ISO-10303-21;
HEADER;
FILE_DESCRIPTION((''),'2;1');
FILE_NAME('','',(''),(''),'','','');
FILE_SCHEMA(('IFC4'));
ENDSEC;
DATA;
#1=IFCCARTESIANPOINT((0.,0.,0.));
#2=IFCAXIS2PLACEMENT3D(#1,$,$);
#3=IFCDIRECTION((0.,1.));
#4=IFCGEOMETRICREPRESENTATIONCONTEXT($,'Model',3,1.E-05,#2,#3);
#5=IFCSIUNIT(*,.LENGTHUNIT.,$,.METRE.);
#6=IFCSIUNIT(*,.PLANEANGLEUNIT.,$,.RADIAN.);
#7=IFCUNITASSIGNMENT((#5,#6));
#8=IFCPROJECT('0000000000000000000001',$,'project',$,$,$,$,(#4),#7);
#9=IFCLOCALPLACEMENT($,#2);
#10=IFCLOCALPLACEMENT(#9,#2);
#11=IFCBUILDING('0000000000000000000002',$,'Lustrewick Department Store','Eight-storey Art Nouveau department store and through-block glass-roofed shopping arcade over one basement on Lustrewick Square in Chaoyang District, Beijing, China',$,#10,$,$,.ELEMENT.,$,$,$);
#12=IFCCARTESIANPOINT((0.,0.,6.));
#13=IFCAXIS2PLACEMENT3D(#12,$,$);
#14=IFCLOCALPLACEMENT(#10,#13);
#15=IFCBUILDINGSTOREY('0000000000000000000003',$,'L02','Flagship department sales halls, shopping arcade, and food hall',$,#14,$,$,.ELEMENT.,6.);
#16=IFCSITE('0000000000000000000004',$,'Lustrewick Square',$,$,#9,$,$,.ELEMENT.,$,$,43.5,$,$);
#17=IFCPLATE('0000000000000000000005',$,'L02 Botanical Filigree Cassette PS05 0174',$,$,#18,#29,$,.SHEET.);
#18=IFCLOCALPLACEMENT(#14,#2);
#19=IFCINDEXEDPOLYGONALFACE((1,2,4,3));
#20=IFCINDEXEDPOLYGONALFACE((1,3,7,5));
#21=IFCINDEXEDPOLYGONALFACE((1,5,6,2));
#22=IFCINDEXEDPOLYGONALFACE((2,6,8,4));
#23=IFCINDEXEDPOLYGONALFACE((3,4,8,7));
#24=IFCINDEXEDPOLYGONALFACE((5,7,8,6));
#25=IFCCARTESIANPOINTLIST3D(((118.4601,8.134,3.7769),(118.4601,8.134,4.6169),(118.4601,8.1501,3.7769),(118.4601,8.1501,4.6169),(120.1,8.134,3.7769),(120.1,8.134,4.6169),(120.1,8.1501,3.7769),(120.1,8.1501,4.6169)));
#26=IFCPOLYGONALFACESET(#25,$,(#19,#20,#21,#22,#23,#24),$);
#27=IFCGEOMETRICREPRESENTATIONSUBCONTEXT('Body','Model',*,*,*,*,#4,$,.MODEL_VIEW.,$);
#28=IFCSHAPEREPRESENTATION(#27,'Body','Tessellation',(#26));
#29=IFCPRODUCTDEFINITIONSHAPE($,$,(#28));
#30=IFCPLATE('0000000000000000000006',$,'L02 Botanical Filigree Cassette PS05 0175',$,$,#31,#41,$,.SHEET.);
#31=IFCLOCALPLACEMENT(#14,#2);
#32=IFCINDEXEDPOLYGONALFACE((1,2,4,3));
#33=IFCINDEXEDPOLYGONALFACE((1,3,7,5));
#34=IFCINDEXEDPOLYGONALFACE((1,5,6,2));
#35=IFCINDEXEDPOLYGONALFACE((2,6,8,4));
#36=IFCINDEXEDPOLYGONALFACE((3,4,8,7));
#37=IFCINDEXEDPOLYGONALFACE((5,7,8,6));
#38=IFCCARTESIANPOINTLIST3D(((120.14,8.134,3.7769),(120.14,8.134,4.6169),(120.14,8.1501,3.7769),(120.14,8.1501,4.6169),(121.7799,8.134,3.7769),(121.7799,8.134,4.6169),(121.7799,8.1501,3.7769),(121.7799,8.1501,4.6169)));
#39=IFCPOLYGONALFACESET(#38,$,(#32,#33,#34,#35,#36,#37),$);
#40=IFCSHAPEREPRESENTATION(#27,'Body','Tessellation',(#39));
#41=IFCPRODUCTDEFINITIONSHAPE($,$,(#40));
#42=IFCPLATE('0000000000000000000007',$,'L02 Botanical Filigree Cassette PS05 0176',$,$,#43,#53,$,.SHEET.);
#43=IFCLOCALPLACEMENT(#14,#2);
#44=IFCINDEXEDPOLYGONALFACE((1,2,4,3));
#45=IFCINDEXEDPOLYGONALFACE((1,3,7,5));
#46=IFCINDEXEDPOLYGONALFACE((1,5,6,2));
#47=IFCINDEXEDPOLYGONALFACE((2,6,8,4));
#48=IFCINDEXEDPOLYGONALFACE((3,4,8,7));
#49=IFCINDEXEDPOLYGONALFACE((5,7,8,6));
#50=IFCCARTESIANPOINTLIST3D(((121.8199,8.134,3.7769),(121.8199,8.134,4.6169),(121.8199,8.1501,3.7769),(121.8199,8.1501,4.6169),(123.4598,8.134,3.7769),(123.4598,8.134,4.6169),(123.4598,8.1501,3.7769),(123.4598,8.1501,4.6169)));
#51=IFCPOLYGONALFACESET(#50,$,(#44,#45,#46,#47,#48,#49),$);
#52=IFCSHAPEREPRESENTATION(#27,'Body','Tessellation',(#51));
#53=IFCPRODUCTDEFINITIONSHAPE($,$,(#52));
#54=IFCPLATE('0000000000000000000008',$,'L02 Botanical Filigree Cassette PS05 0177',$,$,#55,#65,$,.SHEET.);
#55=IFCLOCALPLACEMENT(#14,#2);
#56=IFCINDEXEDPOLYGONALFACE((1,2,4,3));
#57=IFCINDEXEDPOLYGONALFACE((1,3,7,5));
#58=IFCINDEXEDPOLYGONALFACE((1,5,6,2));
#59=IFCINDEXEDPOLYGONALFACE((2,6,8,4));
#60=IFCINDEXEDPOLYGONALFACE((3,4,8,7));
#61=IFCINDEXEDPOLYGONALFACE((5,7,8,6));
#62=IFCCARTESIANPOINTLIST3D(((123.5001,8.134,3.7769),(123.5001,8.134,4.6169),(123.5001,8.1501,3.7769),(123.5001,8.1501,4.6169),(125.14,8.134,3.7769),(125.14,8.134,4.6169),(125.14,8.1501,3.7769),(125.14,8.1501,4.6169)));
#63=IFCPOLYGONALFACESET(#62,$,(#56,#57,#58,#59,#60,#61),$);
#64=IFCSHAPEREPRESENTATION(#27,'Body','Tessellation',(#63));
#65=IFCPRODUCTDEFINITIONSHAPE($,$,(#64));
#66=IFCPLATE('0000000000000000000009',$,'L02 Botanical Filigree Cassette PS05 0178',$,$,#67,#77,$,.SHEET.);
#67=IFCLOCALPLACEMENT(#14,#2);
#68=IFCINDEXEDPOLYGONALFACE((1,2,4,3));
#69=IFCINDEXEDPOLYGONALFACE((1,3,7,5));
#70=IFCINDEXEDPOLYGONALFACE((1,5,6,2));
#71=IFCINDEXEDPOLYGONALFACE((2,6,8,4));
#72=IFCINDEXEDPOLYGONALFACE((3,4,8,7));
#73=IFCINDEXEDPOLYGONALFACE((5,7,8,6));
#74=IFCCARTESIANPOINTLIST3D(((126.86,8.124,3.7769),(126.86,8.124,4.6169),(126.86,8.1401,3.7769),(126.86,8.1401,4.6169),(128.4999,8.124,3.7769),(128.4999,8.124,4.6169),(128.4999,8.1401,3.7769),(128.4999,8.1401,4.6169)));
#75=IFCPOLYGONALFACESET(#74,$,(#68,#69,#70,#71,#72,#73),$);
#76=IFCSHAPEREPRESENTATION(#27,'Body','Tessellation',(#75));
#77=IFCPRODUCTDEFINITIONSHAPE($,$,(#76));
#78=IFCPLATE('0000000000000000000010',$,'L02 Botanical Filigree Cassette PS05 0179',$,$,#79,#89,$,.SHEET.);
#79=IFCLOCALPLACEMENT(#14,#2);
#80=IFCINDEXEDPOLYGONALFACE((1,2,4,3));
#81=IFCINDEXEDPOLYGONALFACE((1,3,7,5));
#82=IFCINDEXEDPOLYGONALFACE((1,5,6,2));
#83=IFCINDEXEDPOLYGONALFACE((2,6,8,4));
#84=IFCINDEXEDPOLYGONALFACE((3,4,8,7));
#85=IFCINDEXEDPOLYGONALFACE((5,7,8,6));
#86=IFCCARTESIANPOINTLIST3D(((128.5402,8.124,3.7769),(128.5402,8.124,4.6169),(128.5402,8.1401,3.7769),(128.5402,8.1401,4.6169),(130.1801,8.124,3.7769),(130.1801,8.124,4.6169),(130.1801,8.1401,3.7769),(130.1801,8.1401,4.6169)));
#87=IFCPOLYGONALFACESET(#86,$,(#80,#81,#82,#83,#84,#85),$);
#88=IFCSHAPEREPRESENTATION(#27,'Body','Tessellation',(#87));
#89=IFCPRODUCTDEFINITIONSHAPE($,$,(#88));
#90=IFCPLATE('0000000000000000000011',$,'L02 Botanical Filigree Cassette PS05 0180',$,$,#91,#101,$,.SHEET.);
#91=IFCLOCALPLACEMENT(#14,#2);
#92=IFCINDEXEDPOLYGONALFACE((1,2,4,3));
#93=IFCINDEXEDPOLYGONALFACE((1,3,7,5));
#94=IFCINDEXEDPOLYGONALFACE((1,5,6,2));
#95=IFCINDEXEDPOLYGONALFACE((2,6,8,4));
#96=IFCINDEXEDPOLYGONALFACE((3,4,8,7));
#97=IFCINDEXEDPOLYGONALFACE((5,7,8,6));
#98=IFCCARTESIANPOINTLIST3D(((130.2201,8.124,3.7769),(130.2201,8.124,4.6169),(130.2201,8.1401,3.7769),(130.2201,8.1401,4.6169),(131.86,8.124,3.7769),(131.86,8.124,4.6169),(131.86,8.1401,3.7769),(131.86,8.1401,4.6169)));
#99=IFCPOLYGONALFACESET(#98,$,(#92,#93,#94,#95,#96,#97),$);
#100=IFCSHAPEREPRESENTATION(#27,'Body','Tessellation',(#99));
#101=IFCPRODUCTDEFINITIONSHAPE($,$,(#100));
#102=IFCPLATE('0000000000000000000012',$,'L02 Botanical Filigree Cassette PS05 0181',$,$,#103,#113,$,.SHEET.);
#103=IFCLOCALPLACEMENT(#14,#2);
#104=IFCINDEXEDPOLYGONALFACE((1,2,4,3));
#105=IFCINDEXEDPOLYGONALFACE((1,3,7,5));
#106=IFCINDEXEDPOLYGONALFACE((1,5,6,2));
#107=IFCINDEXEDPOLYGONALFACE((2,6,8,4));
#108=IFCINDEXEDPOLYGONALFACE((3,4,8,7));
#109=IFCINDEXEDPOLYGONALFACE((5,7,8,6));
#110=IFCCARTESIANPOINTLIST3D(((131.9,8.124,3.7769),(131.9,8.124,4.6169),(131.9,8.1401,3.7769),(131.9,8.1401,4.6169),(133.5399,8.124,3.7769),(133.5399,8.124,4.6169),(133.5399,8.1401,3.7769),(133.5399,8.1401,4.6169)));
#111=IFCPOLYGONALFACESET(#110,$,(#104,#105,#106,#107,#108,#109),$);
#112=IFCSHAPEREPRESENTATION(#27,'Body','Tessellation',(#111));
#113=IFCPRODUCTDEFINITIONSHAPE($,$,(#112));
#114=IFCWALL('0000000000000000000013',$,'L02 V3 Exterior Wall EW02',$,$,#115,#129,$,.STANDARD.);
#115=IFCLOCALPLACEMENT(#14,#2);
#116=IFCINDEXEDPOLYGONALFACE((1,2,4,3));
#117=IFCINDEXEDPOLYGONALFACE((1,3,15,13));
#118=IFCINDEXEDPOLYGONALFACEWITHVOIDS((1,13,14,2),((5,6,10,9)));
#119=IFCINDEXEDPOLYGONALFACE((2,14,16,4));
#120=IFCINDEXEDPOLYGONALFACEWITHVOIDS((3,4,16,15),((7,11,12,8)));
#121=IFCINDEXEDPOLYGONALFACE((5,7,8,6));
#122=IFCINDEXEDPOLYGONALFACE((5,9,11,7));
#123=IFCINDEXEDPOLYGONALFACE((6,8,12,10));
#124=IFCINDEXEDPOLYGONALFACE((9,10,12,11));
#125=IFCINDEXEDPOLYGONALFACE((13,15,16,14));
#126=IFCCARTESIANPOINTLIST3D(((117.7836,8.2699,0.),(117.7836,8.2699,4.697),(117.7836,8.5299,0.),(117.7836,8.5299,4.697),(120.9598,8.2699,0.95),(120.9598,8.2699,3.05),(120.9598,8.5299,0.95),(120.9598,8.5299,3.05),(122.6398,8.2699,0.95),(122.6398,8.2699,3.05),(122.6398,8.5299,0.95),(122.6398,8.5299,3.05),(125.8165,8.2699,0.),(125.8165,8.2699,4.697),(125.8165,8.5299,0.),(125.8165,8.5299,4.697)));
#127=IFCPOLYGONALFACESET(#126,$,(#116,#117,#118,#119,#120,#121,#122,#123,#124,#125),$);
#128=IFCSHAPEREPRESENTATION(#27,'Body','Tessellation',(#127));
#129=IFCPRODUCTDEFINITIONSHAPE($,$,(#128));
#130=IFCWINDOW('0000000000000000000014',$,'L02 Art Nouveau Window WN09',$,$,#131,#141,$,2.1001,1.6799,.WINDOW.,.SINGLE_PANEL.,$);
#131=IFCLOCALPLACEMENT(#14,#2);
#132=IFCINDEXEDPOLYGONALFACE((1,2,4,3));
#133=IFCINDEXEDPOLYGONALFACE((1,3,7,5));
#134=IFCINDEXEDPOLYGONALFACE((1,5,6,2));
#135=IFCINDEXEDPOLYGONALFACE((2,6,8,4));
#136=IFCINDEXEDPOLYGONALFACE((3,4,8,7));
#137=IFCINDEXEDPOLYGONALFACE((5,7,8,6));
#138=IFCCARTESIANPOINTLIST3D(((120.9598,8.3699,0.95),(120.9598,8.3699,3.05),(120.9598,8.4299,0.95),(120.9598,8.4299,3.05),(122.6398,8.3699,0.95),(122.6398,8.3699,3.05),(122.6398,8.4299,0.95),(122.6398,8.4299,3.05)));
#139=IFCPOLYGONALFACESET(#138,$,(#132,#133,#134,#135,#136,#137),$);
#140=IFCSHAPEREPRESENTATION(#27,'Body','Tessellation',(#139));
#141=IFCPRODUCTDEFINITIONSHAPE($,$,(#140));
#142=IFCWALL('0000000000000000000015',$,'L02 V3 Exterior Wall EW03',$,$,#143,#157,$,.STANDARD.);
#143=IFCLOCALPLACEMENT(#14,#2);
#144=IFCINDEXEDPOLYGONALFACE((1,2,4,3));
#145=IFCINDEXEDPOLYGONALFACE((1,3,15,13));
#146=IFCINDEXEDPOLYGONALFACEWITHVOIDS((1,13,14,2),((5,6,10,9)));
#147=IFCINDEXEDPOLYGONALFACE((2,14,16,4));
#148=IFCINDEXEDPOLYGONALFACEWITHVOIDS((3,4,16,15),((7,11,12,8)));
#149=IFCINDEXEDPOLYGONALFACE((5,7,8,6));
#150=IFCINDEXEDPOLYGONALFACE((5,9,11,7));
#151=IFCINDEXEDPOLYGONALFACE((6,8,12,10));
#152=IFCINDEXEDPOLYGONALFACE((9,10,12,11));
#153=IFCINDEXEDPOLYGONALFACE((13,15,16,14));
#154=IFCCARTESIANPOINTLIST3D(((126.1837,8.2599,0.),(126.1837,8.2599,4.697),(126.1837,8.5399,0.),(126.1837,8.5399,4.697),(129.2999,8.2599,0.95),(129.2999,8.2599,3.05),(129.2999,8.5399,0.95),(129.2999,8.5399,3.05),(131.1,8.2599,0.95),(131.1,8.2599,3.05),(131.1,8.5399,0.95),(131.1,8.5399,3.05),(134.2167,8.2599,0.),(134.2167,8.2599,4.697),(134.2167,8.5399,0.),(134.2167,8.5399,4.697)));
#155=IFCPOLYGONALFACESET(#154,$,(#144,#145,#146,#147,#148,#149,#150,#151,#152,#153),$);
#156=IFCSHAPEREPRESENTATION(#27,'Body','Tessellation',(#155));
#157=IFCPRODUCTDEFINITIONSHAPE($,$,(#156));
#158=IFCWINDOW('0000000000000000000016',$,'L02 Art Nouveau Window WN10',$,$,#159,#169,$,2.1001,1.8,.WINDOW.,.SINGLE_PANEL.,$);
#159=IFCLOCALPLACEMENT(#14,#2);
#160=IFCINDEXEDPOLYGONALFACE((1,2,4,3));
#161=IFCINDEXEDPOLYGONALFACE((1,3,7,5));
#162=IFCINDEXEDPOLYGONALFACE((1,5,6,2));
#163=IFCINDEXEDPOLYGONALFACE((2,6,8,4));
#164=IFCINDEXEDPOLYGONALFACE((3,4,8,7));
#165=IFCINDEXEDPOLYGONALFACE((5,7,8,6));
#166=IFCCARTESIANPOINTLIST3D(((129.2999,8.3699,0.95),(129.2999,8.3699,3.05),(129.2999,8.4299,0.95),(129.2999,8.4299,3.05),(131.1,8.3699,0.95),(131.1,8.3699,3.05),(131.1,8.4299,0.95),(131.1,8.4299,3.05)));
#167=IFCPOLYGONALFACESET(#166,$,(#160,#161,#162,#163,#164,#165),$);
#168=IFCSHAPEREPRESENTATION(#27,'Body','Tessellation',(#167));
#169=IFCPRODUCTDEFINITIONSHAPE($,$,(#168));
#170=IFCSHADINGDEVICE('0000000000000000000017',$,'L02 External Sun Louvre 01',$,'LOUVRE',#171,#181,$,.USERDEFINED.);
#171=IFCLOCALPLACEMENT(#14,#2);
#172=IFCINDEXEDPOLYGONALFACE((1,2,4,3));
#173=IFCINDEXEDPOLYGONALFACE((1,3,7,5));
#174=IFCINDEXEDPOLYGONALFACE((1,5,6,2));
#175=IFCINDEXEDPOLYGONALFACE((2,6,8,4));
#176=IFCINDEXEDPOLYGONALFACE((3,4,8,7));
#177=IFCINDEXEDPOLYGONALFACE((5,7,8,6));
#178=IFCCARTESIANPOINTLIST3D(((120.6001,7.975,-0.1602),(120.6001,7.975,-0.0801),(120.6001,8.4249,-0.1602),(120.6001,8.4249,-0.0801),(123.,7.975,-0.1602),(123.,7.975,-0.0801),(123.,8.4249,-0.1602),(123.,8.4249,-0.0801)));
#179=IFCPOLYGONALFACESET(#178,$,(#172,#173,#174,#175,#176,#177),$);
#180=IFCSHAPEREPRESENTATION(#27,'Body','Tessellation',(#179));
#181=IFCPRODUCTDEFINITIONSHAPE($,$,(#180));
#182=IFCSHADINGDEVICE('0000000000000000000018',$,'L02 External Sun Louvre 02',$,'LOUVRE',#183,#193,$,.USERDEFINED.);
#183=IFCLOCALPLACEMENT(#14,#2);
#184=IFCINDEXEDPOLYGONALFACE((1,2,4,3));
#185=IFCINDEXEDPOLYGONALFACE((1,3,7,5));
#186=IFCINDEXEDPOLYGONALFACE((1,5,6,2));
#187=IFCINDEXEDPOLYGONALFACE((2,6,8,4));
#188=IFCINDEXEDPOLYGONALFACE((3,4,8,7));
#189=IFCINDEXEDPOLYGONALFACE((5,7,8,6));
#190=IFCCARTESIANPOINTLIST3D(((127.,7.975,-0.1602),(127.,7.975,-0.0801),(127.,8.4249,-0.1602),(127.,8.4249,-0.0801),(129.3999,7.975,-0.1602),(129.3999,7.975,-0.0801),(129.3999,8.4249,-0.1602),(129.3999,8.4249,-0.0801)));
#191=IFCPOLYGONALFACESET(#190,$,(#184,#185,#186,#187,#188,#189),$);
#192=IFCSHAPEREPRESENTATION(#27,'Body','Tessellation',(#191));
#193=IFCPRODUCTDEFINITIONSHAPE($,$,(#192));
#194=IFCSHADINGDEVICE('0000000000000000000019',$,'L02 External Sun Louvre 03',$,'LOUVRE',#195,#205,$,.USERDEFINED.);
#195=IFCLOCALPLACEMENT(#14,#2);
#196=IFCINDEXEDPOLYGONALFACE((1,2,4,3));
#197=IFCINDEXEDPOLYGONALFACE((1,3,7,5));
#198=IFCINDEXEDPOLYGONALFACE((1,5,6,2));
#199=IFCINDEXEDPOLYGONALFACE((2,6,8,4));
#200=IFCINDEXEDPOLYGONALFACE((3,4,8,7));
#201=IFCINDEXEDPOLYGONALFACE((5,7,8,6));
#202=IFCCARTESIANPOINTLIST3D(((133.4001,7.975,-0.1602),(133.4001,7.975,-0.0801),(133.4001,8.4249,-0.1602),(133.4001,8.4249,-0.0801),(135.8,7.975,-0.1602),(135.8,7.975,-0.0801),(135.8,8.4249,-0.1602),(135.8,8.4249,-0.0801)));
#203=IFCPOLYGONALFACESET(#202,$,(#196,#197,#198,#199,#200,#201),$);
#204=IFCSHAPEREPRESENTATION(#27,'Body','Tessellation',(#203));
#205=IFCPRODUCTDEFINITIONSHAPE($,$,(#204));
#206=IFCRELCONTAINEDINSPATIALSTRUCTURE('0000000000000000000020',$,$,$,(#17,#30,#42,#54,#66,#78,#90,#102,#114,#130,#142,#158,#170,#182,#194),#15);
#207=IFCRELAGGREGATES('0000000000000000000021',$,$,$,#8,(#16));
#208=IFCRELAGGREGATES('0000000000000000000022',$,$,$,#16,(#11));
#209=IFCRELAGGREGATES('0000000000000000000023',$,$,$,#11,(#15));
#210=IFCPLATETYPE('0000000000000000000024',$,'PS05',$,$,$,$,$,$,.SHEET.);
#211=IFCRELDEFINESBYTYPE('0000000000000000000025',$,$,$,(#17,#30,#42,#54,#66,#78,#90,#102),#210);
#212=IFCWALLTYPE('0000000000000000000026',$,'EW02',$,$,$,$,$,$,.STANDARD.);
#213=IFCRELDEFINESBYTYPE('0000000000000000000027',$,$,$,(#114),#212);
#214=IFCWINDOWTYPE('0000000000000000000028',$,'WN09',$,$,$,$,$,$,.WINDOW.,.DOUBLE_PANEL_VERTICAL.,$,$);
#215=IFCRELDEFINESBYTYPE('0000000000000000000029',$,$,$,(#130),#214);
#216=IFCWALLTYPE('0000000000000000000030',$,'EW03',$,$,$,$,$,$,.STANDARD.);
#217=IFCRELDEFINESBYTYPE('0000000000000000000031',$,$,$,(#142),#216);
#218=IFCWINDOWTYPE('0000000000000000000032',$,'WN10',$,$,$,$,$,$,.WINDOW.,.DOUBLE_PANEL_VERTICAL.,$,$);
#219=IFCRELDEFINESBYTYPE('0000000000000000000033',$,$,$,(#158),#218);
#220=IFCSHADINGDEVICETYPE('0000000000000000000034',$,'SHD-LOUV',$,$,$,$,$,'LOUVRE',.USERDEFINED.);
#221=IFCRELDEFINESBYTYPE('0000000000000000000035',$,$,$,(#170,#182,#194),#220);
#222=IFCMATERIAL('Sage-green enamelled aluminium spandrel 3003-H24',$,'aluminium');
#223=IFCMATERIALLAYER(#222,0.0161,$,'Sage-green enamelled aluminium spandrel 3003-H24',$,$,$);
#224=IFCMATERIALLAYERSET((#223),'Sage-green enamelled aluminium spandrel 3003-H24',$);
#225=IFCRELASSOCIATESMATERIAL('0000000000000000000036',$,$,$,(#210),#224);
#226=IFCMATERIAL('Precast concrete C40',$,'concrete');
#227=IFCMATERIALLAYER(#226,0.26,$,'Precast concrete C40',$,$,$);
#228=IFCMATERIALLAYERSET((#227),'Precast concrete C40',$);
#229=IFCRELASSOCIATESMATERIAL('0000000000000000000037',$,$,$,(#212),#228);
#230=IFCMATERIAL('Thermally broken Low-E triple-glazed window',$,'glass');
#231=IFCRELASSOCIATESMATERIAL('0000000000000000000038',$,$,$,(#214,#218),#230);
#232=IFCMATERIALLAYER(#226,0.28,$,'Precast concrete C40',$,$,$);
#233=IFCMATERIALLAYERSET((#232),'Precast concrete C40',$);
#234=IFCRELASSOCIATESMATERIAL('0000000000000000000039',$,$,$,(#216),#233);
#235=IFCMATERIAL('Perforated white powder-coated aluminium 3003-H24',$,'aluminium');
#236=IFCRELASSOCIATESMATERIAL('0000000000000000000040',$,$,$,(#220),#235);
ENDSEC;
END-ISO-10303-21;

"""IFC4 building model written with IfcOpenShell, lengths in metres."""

from ifc_helpers import new_model, si_unit, direction, frame, frame_2d, origin, origin_2d, place, context, subcontext, project, spatial, rectangle, extrude, material, layer, layer_set, type_object, element, fill, save


model = new_model("IFC4")

# Units and contexts
model_context = context("Model", 3, precision=1e-05, world=origin(), true_north=direction((0.0, 1.0)))
body_context = subcontext(model_context, "Body", "Model", "MODEL_VIEW")
ifc_project = project(units=[si_unit("LENGTHUNIT", "METRE"), si_unit("PLANEANGLEUNIT", "RADIAN")], contexts=[model_context])

# Site, building, storey
site_placement = place(None, origin())
site = spatial("IfcSite", under=ifc_project, at=site_placement, Name="Lustrewick Square", CompositionType="ELEMENT", RefElevation=43.5)
building_placement = place(site_placement, origin())
building = spatial("IfcBuilding", under=site, at=building_placement, Name="Lustrewick Department Store", Description="Eight-storey Art Nouveau department store and through-block glass-roofed shopping arcade over one basement on Lustrewick Square in Chaoyang District, Beijing, China", CompositionType="ELEMENT")
storey_placement = place(building_placement, frame((0.0, 0.0, 6.0)))
storey = spatial("IfcBuildingStorey", under=building, at=storey_placement, Name="L02", Description="Flagship department sales halls, shopping arcade, and food hall", CompositionType="ELEMENT", Elevation=6.0)

# Plates
ifc_material_1 = material(Name="Sage-green enamelled aluminium spandrel 3003-H24", Category="aluminium")
ifc_layer_1 = layer(ifc_material_1, 0.0161, Name="Sage-green enamelled aluminium spandrel 3003-H24")
ifc_layer_set_1 = layer_set([ifc_layer_1], Name="Sage-green enamelled aluminium spandrel 3003-H24")
plate_type = type_object("IfcPlateType", Name="PS05", PredefinedType="SHEET", material=ifc_layer_set_1)
for number, where, z_axis, x_axis, name in (
    (1, (119.28, 8.1421, 3.7769), (0.0, 0.0, 1.0), (1.0, 0.0, 0.0), "L02 Botanical Filigree Cassette PS05 0174"),
    (2, (120.96, 8.1421, 3.7769), (0.0, 0.0, 1.0), (1.0, 0.0, 0.0), "L02 Botanical Filigree Cassette PS05 0175"),
    (3, (122.6399, 8.1421, 3.7769), (0.0, 0.0, 1.0), (1.0, 0.0, 0.0), "L02 Botanical Filigree Cassette PS05 0176"),
    (4, (124.3201, 8.1421, 3.7769), (0.0, 0.0, 1.0), (1.0, 0.0, 0.0), "L02 Botanical Filigree Cassette PS05 0177"),
    (5, (127.6799, 8.1321, 3.7769), (0.0, 0.0, 1.0), (1.0, 0.0, 0.0), "L02 Botanical Filigree Cassette PS05 0178"),
    (6, (129.3601, 8.1321, 3.7769), (0.0, 0.0, 1.0), (1.0, 0.0, 0.0), "L02 Botanical Filigree Cassette PS05 0179"),
    (7, (131.04, 8.1321, 3.7769), (0.0, 0.0, 1.0), (1.0, 0.0, 0.0), "L02 Botanical Filigree Cassette PS05 0180"),
    (8, (132.72, 8.1321, 3.7769), (0.0, 0.0, 1.0), (1.0, 0.0, 0.0), "L02 Botanical Filigree Cassette PS05 0181"),
):
    element("IfcPlate", number, at=place(storey_placement, frame(where, z_axis=z_axis, x_axis=x_axis)), inside=storey, type_object=plate_type, Name=name, PredefinedType="SHEET", context=body_context, shape_type="SweptSolid", body=[
        extrude(rectangle(XDim=1.6399, YDim=0.0161, at=origin_2d()), origin(), (0.0, 0.0, 1.0), 0.8401),
    ])

# Walls, openings, windows
ifc_material_2 = material(Name="Precast concrete C40", Category="concrete")
ifc_layer_2 = layer(ifc_material_2, 0.26, Name="Precast concrete C40")
ifc_layer_set_2 = layer_set([ifc_layer_2], Name="Precast concrete C40")
wall_type_1 = type_object("IfcWallType", Name="EW02", PredefinedType="STANDARD", material=ifc_layer_set_2)
wall_1_placement = place(storey_placement, frame((117.7834, 8.3999, 0.0), z_axis=(0.0, 0.0, 1.0), x_axis=(1.0, 0.0, 0.0)))
wall_1 = element("IfcWall", 9, at=wall_1_placement, inside=storey, type_object=wall_type_1, Name="L02 V3 Exterior Wall EW02", PredefinedType="STANDARD", context=body_context, shape_type="SweptSolid", body=[
    extrude(rectangle(XDim=8.033, YDim=0.26, at=frame_2d((4.0166, 0.0))), origin(), (0.0, 0.0, 1.0), 4.697),
])
opening_1_placement = place(wall_1_placement, frame((3.1765, 0.0, 0.95)))
opening_1 = element("IfcOpeningElement", 10, at=opening_1_placement, cuts=wall_1, PredefinedType="OPENING", context=body_context, shape_type="SweptSolid", body=[
    extrude(rectangle(XDim=1.6799, YDim=2.1001, at=frame_2d((0.8398, 1.05))), frame((0.0, 0.1401, 0.0), z_axis=(0.0, -1.0, 0.0), x_axis=(1.0, 0.0, 0.0)), (0.0, 0.0, 1.0), 0.28),
])
ifc_material_3 = material(Name="Thermally broken Low-E triple-glazed window", Category="glass")
window_type_1 = type_object("IfcWindowType", Name="WN09", PartitioningType="DOUBLE_PANEL_VERTICAL", PredefinedType="WINDOW", material=ifc_material_3)
window_1_placement = place(opening_1_placement, origin())
window_1 = element("IfcWindow", 11, at=window_1_placement, inside=storey, type_object=window_type_1, Name="L02 Art Nouveau Window WN09", OverallHeight=2.1001, OverallWidth=1.6799, PartitioningType="SINGLE_PANEL", PredefinedType="WINDOW", context=body_context, shape_type="SweptSolid", body=[
    extrude(rectangle(XDim=1.6799, YDim=2.1001, at=frame_2d((0.8398, 1.05))), frame((0.0, 0.03, 0.0), z_axis=(0.0, -1.0, 0.0), x_axis=(1.0, 0.0, 0.0)), (0.0, 0.0, 1.0), 0.0601),
])
fill(opening_1, window_1)
ifc_layer_3 = layer(ifc_material_2, 0.28, Name="Precast concrete C40")
ifc_layer_set_3 = layer_set([ifc_layer_3], Name="Precast concrete C40")
wall_type_2 = type_object("IfcWallType", Name="EW03", PredefinedType="STANDARD", material=ifc_layer_set_3)
wall_2_placement = place(storey_placement, frame((126.1836, 8.3999, 0.0), z_axis=(0.0, 0.0, 1.0), x_axis=(1.0, 0.0, 0.0)))
wall_2 = element("IfcWall", 12, at=wall_2_placement, inside=storey, type_object=wall_type_2, Name="L02 V3 Exterior Wall EW03", PredefinedType="STANDARD", context=body_context, shape_type="SweptSolid", body=[
    extrude(rectangle(XDim=8.033, YDim=0.28, at=frame_2d((4.0166, 0.0))), origin(), (0.0, 0.0, 1.0), 4.697),
])
opening_2_placement = place(wall_2_placement, frame((3.1165, 0.0, 0.95)))
opening_2 = element("IfcOpeningElement", 13, at=opening_2_placement, cuts=wall_2, PredefinedType="OPENING", context=body_context, shape_type="SweptSolid", body=[
    extrude(rectangle(XDim=1.8, YDim=2.1001, at=frame_2d((0.8999, 1.05))), frame((0.0, 0.1499, 0.0), z_axis=(0.0, -1.0, 0.0), x_axis=(1.0, 0.0, 0.0)), (0.0, 0.0, 1.0), 0.3),
])
window_type_2 = type_object("IfcWindowType", Name="WN10", PartitioningType="DOUBLE_PANEL_VERTICAL", PredefinedType="WINDOW", material=ifc_material_3)
window_2_placement = place(opening_2_placement, origin())
window_2 = element("IfcWindow", 14, at=window_2_placement, inside=storey, type_object=window_type_2, Name="L02 Art Nouveau Window WN10", OverallHeight=2.1001, OverallWidth=1.8, PartitioningType="SINGLE_PANEL", PredefinedType="WINDOW", context=body_context, shape_type="SweptSolid", body=[
    extrude(rectangle(XDim=1.8, YDim=2.1001, at=frame_2d((0.8999, 1.05))), frame((0.0, 0.03, 0.0), z_axis=(0.0, -1.0, 0.0), x_axis=(1.0, 0.0, 0.0)), (0.0, 0.0, 1.0), 0.0601),
])
fill(opening_2, window_2)

# Shading devices
ifc_material_4 = material(Name="Perforated white powder-coated aluminium 3003-H24", Category="aluminium")
shading_device_type = type_object("IfcShadingDeviceType", Name="SHD-LOUV", ElementType="LOUVRE", PredefinedType="USERDEFINED", material=ifc_material_4)
for number, where, z_axis, x_axis, name in (
    (15, (121.8, 8.2, -0.1602), (0.0, 0.0, 1.0), (1.0, 0.0, 0.0), "L02 External Sun Louvre 01"),
    (16, (128.2, 8.2, -0.1602), (0.0, 0.0, 1.0), (1.0, 0.0, 0.0), "L02 External Sun Louvre 02"),
    (17, (134.6001, 8.2, -0.1602), (0.0, 0.0, 1.0), (1.0, 0.0, 0.0), "L02 External Sun Louvre 03"),
):
    element("IfcShadingDevice", number, at=place(storey_placement, frame(where, z_axis=z_axis, x_axis=x_axis)), inside=storey, type_object=shading_device_type, Name=name, ObjectType="LOUVRE", PredefinedType="USERDEFINED", context=body_context, shape_type="SweptSolid", body=[
        extrude(rectangle(XDim=2.3999, YDim=0.45, at=origin_2d()), origin(), (0.0, 0.0, 1.0), 0.0801),
    ])

save(model, "model.ifc")
